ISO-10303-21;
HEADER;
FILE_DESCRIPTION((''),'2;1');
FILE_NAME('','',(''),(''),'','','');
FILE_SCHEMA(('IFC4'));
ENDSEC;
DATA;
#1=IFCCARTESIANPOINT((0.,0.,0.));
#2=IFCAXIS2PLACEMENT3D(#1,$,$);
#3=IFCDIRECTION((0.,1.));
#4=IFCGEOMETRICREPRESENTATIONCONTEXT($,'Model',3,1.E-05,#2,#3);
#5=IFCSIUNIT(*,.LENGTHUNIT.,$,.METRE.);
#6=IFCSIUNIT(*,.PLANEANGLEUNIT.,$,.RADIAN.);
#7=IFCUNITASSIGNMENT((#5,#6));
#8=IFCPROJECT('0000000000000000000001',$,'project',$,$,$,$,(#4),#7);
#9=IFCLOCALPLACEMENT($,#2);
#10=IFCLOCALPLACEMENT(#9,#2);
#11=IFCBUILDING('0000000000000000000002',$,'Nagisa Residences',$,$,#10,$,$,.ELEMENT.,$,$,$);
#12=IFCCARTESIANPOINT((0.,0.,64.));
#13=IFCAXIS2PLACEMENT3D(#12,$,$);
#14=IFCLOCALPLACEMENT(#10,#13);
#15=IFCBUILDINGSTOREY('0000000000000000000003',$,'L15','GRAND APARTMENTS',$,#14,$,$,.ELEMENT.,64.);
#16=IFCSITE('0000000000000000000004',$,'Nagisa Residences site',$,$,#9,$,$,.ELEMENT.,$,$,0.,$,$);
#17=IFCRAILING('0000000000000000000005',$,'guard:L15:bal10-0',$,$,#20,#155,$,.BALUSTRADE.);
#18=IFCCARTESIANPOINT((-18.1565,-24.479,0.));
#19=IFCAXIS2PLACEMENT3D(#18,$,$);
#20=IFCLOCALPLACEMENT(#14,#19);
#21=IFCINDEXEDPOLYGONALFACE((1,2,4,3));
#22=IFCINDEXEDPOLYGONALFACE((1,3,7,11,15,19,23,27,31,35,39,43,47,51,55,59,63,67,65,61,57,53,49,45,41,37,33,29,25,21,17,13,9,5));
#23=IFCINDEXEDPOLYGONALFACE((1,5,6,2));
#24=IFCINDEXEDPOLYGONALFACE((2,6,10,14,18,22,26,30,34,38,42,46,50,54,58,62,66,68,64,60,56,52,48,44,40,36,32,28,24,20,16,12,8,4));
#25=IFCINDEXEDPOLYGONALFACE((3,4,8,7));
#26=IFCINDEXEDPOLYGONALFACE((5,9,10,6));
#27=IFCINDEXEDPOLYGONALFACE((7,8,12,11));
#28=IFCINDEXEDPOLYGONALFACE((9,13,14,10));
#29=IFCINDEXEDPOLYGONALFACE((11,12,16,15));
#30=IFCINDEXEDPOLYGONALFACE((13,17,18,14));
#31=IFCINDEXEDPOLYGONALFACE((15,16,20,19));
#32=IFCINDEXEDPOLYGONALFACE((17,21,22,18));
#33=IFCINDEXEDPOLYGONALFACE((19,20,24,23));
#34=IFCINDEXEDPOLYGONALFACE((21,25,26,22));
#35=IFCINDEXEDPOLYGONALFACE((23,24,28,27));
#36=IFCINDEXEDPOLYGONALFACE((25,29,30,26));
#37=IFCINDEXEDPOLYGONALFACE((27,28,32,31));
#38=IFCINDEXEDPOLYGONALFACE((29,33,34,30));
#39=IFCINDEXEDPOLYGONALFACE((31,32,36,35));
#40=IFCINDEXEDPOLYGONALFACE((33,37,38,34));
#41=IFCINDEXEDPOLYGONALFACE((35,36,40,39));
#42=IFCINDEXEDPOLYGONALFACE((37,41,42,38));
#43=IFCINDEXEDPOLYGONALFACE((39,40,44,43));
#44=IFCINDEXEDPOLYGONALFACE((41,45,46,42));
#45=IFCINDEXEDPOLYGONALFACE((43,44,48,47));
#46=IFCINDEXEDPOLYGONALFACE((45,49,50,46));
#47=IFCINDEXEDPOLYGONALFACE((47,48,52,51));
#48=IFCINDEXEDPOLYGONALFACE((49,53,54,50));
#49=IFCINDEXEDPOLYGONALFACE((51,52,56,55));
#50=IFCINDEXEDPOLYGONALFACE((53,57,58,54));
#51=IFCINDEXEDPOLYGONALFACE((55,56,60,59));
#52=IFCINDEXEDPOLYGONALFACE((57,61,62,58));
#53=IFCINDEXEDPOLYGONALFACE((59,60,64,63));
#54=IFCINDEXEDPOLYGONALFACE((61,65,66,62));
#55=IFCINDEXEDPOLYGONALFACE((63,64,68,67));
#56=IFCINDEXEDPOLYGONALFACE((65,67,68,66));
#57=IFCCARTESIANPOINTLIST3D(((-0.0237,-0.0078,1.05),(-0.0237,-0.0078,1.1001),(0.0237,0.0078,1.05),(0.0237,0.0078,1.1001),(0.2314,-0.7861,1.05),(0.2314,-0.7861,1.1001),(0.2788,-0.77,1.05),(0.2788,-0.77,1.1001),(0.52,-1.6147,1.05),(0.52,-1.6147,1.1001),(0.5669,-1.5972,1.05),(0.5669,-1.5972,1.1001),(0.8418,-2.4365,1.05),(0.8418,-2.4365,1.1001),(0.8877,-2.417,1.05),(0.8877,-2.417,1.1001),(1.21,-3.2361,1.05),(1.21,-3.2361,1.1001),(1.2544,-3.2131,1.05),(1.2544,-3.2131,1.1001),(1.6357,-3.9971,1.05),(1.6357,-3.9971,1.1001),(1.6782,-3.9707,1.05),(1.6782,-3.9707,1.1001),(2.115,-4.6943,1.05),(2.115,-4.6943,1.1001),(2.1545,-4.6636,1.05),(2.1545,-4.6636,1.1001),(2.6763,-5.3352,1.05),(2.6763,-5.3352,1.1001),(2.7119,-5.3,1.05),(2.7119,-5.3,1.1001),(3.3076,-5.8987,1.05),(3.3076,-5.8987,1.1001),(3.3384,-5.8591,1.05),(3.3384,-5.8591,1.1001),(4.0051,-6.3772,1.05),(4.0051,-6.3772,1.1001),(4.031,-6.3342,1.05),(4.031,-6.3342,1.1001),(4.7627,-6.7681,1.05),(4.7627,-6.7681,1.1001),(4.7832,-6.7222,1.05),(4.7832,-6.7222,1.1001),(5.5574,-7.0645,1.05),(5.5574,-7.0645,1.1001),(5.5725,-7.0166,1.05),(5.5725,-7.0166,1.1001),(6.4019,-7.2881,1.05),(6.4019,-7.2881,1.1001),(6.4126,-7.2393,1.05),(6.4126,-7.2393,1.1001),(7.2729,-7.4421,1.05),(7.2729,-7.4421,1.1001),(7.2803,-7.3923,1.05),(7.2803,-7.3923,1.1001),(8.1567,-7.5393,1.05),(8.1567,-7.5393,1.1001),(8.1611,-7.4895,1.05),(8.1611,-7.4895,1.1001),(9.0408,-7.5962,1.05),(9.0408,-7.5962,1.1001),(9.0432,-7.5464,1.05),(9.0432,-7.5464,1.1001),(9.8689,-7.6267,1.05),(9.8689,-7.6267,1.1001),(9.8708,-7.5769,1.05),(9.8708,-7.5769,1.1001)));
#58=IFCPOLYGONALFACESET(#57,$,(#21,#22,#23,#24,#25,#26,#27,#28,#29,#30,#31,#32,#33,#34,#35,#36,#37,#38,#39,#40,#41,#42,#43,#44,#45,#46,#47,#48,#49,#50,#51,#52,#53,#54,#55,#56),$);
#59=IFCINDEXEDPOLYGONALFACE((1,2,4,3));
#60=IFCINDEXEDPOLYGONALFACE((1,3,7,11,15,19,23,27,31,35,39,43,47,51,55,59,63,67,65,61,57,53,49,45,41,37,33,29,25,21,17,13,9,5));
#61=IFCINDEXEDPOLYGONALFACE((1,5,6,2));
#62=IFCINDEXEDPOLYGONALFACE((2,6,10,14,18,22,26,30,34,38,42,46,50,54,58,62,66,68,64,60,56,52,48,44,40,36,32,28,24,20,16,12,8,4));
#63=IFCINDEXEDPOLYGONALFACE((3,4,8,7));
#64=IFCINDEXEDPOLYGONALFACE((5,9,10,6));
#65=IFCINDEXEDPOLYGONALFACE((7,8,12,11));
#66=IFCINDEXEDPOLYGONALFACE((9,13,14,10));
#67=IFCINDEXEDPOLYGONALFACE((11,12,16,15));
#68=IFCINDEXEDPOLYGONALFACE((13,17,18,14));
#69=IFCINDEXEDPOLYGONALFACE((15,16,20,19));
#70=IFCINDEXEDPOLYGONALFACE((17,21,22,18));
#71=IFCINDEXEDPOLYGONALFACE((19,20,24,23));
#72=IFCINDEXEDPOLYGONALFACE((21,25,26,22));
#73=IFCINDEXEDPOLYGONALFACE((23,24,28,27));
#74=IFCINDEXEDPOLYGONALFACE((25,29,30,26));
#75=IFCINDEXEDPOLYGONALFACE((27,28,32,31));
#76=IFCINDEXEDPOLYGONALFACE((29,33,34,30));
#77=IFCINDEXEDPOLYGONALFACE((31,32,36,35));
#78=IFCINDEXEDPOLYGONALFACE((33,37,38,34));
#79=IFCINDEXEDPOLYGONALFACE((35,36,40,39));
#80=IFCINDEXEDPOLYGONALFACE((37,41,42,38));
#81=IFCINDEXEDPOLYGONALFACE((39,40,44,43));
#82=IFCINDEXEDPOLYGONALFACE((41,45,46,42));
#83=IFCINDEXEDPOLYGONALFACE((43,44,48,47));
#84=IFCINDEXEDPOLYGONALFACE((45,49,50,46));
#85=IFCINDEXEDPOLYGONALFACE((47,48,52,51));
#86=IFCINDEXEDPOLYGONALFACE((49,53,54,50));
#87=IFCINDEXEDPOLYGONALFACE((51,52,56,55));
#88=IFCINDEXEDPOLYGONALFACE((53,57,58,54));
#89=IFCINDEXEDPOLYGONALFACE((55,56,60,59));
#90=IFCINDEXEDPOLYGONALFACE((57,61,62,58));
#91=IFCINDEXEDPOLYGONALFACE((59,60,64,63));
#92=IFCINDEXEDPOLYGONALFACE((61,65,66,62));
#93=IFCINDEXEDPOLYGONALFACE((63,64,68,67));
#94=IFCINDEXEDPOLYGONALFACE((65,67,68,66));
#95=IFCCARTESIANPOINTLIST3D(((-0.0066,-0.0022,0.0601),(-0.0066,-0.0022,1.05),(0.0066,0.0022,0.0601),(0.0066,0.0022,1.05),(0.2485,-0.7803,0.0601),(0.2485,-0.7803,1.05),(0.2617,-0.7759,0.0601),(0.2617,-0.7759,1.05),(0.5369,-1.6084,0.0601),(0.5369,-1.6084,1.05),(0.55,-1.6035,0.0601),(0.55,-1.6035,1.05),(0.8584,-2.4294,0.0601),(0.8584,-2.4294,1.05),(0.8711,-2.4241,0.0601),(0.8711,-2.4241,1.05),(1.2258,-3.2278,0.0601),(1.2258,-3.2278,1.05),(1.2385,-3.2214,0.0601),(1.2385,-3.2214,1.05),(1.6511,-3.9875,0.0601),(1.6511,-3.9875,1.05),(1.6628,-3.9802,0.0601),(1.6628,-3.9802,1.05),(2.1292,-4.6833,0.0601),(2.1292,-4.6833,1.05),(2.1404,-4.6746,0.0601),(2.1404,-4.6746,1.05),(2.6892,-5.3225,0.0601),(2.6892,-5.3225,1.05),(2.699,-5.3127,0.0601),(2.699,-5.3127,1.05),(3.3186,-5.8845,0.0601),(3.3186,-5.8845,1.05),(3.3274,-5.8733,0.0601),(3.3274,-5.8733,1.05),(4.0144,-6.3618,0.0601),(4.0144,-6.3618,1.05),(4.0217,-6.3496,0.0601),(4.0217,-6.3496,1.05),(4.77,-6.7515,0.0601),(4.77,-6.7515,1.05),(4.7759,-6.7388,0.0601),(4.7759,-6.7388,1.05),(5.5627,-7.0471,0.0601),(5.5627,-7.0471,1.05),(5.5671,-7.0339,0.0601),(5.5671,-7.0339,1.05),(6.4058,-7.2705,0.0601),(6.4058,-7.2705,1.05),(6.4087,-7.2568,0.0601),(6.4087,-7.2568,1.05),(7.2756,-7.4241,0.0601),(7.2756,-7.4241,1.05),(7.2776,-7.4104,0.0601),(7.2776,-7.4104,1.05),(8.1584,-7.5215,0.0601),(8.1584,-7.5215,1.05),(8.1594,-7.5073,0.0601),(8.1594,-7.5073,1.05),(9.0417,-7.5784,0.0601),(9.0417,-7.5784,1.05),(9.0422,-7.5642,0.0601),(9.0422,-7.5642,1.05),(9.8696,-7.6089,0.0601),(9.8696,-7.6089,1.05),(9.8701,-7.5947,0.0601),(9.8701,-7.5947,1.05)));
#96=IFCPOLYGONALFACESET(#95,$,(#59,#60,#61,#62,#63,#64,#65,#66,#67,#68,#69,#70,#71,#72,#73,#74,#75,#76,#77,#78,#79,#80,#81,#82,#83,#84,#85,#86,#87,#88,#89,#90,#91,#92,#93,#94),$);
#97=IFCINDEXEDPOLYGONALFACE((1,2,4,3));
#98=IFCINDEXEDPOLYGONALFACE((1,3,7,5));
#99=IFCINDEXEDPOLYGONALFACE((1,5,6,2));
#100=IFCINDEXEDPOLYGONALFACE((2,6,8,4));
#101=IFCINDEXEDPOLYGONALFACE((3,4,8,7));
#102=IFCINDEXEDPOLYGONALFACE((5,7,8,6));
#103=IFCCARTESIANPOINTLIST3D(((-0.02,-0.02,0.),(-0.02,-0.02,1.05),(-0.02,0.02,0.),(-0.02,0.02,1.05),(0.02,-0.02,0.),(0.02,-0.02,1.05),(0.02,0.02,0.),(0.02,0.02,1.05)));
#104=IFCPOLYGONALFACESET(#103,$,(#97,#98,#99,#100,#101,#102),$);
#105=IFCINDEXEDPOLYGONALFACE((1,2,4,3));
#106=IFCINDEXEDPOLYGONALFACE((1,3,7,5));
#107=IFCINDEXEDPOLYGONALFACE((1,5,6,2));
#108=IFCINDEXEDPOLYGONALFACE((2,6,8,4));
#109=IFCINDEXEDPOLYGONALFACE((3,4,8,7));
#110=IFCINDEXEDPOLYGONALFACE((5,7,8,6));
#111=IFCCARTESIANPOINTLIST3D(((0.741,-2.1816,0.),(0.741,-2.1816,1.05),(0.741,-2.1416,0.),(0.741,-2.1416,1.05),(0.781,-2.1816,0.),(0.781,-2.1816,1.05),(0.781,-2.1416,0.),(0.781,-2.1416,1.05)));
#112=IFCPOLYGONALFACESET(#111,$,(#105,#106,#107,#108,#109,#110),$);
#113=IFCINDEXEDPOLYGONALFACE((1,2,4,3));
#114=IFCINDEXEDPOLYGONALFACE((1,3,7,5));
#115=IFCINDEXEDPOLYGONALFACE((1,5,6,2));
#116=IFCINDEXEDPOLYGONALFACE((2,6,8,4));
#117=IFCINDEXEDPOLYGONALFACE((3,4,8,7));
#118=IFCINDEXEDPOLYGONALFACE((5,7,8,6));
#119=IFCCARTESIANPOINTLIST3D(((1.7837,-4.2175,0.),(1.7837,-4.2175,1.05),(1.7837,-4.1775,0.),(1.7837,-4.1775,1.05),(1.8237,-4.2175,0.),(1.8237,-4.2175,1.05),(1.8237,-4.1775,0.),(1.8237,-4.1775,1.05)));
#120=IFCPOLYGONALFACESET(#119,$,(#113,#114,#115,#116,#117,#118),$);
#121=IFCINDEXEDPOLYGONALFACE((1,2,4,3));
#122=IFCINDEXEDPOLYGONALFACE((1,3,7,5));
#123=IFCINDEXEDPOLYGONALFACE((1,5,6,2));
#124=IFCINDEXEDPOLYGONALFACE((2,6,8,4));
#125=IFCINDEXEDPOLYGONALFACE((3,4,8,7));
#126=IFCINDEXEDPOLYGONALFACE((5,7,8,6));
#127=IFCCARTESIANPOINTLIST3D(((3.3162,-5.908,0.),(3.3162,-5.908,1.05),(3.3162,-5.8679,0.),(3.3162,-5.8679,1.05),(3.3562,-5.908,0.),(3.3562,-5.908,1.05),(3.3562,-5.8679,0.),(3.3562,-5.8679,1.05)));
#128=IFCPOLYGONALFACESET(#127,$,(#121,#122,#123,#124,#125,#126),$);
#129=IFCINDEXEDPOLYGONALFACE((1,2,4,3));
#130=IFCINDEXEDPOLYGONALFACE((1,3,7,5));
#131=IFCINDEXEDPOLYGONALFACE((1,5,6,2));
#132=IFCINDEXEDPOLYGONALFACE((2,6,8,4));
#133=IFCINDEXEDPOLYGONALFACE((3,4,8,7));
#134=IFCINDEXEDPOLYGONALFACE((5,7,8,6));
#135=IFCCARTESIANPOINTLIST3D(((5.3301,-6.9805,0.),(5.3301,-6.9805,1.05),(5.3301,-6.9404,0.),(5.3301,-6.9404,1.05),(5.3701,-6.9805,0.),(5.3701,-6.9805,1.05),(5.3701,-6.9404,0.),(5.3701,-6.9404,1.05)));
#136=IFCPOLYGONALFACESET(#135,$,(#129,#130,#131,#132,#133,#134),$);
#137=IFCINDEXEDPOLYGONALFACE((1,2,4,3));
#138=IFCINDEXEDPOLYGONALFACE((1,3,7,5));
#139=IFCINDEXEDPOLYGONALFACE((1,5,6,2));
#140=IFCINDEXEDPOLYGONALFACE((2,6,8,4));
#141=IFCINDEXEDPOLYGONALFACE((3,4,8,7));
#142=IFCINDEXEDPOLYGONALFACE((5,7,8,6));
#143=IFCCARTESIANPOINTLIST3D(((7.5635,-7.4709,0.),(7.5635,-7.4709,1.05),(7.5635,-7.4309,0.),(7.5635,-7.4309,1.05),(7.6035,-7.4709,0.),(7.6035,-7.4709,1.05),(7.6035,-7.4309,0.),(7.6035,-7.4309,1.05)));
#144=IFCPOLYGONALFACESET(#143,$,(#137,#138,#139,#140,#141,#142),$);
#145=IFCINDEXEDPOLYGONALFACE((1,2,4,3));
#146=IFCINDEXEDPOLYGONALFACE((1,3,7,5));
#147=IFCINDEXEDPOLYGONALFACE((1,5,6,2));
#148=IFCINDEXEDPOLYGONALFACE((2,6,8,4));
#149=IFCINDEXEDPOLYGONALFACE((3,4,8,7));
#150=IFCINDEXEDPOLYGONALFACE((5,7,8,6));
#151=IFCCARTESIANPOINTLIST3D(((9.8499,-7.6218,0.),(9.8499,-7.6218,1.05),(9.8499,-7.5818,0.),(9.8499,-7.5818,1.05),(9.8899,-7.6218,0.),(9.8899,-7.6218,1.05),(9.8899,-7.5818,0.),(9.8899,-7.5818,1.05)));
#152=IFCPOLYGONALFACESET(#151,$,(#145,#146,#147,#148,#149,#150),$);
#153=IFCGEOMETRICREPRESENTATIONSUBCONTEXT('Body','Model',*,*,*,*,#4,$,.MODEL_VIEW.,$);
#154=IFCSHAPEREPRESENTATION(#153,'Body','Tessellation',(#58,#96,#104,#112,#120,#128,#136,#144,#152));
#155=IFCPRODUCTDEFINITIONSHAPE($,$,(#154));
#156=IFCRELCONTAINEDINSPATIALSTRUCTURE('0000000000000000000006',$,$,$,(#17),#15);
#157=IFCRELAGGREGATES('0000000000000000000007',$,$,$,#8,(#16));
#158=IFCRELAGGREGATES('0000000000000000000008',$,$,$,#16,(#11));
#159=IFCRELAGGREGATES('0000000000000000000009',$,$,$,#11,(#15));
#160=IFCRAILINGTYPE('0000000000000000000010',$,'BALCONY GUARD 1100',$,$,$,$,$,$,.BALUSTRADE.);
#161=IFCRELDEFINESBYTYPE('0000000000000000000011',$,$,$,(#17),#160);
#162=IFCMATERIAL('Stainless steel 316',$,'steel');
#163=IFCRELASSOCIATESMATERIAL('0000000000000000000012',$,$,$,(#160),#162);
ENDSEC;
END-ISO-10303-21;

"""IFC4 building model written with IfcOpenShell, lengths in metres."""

from ifc_helpers import new_model, si_unit, direction, frame, origin, origin_2d, place, context, subcontext, project, spatial, polyline, rectangle, outline, extrude, material, type_object, element, save


model = new_model("IFC4")

# Units and contexts
model_context = context("Model", 3, precision=1e-05, world=origin(), true_north=direction((0.0, 1.0)))
body_context = subcontext(model_context, "Body", "Model", "MODEL_VIEW")
ifc_project = project(units=[si_unit("LENGTHUNIT", "METRE"), si_unit("PLANEANGLEUNIT", "RADIAN")], contexts=[model_context])

# Site, building, storey
site_placement = place(None, origin())
site = spatial("IfcSite", under=ifc_project, at=site_placement, Name="Nagisa Residences site", CompositionType="ELEMENT", RefElevation=0.0)
building_placement = place(site_placement, origin())
building = spatial("IfcBuilding", under=site, at=building_placement, Name="Nagisa Residences", CompositionType="ELEMENT")
storey_placement = place(building_placement, frame((0.0, 0.0, 64.0)))
storey = spatial("IfcBuildingStorey", under=building, at=storey_placement, Name="L15", Description="GRAND APARTMENTS", CompositionType="ELEMENT", Elevation=64.0)

# Railing
ifc_material_1 = material(Name="Stainless steel 316", Category="steel")
railing_type = type_object("IfcRailingType", Name="BALCONY GUARD 1100", PredefinedType="BALUSTRADE", material=ifc_material_1)
railing_1_placement = place(storey_placement, frame((-18.1565, -24.479, 0.0)))
element("IfcRailing", 1, at=railing_1_placement, inside=storey, type_object=railing_type, Name="guard:L15:bal10-0", PredefinedType="BALUSTRADE", context=body_context, shape_type="SweptSolid", body=[
    extrude(outline(polyline([(0.2788, -0.77), (0.0237, 0.0078), (-0.0237, -0.0078), (0.2314, -0.7861), (0.52, -1.6147), (0.8418, -2.4365), (1.21, -3.2361), (1.6357, -3.9971), (2.115, -4.6943), (2.6763, -5.3352), (3.3076, -5.8987), (4.0051, -6.3772), (4.7627, -6.7681), (5.5574, -7.0645), (6.4019, -7.2881), (7.2729, -7.4421), (8.1567, -7.5393), (9.0408, -7.5962), (9.8689, -7.6267), (9.8708, -7.5769), (9.0432, -7.5464), (8.1611, -7.4895), (7.2803, -7.3923), (6.4126, -7.2393), (5.5725, -7.0166), (4.7832, -6.7222), (4.031, -6.3342), (3.3384, -5.8591), (2.7119, -5.3), (2.1545, -4.6636), (1.6782, -3.9707), (1.2544, -3.2131), (0.8877, -2.417), (0.5669, -1.5972), (0.2788, -0.77)])), frame((0.0, 0.0, 1.05)), (0.0, 0.0, 1.0), 0.05),
    extrude(outline(polyline([(0.2617, -0.7759), (0.0066, 0.0022), (-0.0066, -0.0022), (0.2485, -0.7803), (0.5369, -1.6084), (0.8584, -2.4294), (1.2258, -3.2278), (1.6511, -3.9875), (2.1292, -4.6833), (2.6892, -5.3225), (3.3186, -5.8845), (4.0144, -6.3618), (4.77, -6.7515), (5.5627, -7.0471), (6.4058, -7.2705), (7.2756, -7.4241), (8.1584, -7.5215), (9.0417, -7.5784), (9.8696, -7.6089), (9.8701, -7.5947), (9.0422, -7.5642), (8.1594, -7.5073), (7.2776, -7.4104), (6.4087, -7.2568), (5.5671, -7.0339), (4.7759, -6.7388), (4.0217, -6.3496), (3.3274, -5.8733), (2.699, -5.3127), (2.1404, -4.6746), (1.6628, -3.9802), (1.2385, -3.2214), (0.8711, -2.4241), (0.55, -1.6035), (0.2617, -0.7759)])), frame((0.0, 0.0, 0.0601)), (0.0, 0.0, 1.0), 0.99),
    extrude(rectangle(XDim=0.04, YDim=0.04, at=origin_2d()), origin(), (0.0, 0.0, 1.0), 1.05),
    extrude(rectangle(XDim=0.04, YDim=0.04, at=origin_2d()), frame((0.761, -2.1616, 0.0)), (0.0, 0.0, 1.0), 1.05),
    extrude(rectangle(XDim=0.04, YDim=0.04, at=origin_2d()), frame((1.8037, -4.1975, 0.0)), (0.0, 0.0, 1.0), 1.05),
    extrude(rectangle(XDim=0.04, YDim=0.04, at=origin_2d()), frame((3.3362, -5.8879, 0.0)), (0.0, 0.0, 1.0), 1.05),
    extrude(rectangle(XDim=0.04, YDim=0.04, at=origin_2d()), frame((5.3501, -6.9604, 0.0)), (0.0, 0.0, 1.0), 1.05),
    extrude(rectangle(XDim=0.04, YDim=0.04, at=origin_2d()), frame((7.5835, -7.4509, 0.0)), (0.0, 0.0, 1.0), 1.05),
    extrude(rectangle(XDim=0.04, YDim=0.04, at=origin_2d()), frame((9.8699, -7.6018, 0.0)), (0.0, 0.0, 1.0), 1.05),
])

save(model, "model.ifc")
